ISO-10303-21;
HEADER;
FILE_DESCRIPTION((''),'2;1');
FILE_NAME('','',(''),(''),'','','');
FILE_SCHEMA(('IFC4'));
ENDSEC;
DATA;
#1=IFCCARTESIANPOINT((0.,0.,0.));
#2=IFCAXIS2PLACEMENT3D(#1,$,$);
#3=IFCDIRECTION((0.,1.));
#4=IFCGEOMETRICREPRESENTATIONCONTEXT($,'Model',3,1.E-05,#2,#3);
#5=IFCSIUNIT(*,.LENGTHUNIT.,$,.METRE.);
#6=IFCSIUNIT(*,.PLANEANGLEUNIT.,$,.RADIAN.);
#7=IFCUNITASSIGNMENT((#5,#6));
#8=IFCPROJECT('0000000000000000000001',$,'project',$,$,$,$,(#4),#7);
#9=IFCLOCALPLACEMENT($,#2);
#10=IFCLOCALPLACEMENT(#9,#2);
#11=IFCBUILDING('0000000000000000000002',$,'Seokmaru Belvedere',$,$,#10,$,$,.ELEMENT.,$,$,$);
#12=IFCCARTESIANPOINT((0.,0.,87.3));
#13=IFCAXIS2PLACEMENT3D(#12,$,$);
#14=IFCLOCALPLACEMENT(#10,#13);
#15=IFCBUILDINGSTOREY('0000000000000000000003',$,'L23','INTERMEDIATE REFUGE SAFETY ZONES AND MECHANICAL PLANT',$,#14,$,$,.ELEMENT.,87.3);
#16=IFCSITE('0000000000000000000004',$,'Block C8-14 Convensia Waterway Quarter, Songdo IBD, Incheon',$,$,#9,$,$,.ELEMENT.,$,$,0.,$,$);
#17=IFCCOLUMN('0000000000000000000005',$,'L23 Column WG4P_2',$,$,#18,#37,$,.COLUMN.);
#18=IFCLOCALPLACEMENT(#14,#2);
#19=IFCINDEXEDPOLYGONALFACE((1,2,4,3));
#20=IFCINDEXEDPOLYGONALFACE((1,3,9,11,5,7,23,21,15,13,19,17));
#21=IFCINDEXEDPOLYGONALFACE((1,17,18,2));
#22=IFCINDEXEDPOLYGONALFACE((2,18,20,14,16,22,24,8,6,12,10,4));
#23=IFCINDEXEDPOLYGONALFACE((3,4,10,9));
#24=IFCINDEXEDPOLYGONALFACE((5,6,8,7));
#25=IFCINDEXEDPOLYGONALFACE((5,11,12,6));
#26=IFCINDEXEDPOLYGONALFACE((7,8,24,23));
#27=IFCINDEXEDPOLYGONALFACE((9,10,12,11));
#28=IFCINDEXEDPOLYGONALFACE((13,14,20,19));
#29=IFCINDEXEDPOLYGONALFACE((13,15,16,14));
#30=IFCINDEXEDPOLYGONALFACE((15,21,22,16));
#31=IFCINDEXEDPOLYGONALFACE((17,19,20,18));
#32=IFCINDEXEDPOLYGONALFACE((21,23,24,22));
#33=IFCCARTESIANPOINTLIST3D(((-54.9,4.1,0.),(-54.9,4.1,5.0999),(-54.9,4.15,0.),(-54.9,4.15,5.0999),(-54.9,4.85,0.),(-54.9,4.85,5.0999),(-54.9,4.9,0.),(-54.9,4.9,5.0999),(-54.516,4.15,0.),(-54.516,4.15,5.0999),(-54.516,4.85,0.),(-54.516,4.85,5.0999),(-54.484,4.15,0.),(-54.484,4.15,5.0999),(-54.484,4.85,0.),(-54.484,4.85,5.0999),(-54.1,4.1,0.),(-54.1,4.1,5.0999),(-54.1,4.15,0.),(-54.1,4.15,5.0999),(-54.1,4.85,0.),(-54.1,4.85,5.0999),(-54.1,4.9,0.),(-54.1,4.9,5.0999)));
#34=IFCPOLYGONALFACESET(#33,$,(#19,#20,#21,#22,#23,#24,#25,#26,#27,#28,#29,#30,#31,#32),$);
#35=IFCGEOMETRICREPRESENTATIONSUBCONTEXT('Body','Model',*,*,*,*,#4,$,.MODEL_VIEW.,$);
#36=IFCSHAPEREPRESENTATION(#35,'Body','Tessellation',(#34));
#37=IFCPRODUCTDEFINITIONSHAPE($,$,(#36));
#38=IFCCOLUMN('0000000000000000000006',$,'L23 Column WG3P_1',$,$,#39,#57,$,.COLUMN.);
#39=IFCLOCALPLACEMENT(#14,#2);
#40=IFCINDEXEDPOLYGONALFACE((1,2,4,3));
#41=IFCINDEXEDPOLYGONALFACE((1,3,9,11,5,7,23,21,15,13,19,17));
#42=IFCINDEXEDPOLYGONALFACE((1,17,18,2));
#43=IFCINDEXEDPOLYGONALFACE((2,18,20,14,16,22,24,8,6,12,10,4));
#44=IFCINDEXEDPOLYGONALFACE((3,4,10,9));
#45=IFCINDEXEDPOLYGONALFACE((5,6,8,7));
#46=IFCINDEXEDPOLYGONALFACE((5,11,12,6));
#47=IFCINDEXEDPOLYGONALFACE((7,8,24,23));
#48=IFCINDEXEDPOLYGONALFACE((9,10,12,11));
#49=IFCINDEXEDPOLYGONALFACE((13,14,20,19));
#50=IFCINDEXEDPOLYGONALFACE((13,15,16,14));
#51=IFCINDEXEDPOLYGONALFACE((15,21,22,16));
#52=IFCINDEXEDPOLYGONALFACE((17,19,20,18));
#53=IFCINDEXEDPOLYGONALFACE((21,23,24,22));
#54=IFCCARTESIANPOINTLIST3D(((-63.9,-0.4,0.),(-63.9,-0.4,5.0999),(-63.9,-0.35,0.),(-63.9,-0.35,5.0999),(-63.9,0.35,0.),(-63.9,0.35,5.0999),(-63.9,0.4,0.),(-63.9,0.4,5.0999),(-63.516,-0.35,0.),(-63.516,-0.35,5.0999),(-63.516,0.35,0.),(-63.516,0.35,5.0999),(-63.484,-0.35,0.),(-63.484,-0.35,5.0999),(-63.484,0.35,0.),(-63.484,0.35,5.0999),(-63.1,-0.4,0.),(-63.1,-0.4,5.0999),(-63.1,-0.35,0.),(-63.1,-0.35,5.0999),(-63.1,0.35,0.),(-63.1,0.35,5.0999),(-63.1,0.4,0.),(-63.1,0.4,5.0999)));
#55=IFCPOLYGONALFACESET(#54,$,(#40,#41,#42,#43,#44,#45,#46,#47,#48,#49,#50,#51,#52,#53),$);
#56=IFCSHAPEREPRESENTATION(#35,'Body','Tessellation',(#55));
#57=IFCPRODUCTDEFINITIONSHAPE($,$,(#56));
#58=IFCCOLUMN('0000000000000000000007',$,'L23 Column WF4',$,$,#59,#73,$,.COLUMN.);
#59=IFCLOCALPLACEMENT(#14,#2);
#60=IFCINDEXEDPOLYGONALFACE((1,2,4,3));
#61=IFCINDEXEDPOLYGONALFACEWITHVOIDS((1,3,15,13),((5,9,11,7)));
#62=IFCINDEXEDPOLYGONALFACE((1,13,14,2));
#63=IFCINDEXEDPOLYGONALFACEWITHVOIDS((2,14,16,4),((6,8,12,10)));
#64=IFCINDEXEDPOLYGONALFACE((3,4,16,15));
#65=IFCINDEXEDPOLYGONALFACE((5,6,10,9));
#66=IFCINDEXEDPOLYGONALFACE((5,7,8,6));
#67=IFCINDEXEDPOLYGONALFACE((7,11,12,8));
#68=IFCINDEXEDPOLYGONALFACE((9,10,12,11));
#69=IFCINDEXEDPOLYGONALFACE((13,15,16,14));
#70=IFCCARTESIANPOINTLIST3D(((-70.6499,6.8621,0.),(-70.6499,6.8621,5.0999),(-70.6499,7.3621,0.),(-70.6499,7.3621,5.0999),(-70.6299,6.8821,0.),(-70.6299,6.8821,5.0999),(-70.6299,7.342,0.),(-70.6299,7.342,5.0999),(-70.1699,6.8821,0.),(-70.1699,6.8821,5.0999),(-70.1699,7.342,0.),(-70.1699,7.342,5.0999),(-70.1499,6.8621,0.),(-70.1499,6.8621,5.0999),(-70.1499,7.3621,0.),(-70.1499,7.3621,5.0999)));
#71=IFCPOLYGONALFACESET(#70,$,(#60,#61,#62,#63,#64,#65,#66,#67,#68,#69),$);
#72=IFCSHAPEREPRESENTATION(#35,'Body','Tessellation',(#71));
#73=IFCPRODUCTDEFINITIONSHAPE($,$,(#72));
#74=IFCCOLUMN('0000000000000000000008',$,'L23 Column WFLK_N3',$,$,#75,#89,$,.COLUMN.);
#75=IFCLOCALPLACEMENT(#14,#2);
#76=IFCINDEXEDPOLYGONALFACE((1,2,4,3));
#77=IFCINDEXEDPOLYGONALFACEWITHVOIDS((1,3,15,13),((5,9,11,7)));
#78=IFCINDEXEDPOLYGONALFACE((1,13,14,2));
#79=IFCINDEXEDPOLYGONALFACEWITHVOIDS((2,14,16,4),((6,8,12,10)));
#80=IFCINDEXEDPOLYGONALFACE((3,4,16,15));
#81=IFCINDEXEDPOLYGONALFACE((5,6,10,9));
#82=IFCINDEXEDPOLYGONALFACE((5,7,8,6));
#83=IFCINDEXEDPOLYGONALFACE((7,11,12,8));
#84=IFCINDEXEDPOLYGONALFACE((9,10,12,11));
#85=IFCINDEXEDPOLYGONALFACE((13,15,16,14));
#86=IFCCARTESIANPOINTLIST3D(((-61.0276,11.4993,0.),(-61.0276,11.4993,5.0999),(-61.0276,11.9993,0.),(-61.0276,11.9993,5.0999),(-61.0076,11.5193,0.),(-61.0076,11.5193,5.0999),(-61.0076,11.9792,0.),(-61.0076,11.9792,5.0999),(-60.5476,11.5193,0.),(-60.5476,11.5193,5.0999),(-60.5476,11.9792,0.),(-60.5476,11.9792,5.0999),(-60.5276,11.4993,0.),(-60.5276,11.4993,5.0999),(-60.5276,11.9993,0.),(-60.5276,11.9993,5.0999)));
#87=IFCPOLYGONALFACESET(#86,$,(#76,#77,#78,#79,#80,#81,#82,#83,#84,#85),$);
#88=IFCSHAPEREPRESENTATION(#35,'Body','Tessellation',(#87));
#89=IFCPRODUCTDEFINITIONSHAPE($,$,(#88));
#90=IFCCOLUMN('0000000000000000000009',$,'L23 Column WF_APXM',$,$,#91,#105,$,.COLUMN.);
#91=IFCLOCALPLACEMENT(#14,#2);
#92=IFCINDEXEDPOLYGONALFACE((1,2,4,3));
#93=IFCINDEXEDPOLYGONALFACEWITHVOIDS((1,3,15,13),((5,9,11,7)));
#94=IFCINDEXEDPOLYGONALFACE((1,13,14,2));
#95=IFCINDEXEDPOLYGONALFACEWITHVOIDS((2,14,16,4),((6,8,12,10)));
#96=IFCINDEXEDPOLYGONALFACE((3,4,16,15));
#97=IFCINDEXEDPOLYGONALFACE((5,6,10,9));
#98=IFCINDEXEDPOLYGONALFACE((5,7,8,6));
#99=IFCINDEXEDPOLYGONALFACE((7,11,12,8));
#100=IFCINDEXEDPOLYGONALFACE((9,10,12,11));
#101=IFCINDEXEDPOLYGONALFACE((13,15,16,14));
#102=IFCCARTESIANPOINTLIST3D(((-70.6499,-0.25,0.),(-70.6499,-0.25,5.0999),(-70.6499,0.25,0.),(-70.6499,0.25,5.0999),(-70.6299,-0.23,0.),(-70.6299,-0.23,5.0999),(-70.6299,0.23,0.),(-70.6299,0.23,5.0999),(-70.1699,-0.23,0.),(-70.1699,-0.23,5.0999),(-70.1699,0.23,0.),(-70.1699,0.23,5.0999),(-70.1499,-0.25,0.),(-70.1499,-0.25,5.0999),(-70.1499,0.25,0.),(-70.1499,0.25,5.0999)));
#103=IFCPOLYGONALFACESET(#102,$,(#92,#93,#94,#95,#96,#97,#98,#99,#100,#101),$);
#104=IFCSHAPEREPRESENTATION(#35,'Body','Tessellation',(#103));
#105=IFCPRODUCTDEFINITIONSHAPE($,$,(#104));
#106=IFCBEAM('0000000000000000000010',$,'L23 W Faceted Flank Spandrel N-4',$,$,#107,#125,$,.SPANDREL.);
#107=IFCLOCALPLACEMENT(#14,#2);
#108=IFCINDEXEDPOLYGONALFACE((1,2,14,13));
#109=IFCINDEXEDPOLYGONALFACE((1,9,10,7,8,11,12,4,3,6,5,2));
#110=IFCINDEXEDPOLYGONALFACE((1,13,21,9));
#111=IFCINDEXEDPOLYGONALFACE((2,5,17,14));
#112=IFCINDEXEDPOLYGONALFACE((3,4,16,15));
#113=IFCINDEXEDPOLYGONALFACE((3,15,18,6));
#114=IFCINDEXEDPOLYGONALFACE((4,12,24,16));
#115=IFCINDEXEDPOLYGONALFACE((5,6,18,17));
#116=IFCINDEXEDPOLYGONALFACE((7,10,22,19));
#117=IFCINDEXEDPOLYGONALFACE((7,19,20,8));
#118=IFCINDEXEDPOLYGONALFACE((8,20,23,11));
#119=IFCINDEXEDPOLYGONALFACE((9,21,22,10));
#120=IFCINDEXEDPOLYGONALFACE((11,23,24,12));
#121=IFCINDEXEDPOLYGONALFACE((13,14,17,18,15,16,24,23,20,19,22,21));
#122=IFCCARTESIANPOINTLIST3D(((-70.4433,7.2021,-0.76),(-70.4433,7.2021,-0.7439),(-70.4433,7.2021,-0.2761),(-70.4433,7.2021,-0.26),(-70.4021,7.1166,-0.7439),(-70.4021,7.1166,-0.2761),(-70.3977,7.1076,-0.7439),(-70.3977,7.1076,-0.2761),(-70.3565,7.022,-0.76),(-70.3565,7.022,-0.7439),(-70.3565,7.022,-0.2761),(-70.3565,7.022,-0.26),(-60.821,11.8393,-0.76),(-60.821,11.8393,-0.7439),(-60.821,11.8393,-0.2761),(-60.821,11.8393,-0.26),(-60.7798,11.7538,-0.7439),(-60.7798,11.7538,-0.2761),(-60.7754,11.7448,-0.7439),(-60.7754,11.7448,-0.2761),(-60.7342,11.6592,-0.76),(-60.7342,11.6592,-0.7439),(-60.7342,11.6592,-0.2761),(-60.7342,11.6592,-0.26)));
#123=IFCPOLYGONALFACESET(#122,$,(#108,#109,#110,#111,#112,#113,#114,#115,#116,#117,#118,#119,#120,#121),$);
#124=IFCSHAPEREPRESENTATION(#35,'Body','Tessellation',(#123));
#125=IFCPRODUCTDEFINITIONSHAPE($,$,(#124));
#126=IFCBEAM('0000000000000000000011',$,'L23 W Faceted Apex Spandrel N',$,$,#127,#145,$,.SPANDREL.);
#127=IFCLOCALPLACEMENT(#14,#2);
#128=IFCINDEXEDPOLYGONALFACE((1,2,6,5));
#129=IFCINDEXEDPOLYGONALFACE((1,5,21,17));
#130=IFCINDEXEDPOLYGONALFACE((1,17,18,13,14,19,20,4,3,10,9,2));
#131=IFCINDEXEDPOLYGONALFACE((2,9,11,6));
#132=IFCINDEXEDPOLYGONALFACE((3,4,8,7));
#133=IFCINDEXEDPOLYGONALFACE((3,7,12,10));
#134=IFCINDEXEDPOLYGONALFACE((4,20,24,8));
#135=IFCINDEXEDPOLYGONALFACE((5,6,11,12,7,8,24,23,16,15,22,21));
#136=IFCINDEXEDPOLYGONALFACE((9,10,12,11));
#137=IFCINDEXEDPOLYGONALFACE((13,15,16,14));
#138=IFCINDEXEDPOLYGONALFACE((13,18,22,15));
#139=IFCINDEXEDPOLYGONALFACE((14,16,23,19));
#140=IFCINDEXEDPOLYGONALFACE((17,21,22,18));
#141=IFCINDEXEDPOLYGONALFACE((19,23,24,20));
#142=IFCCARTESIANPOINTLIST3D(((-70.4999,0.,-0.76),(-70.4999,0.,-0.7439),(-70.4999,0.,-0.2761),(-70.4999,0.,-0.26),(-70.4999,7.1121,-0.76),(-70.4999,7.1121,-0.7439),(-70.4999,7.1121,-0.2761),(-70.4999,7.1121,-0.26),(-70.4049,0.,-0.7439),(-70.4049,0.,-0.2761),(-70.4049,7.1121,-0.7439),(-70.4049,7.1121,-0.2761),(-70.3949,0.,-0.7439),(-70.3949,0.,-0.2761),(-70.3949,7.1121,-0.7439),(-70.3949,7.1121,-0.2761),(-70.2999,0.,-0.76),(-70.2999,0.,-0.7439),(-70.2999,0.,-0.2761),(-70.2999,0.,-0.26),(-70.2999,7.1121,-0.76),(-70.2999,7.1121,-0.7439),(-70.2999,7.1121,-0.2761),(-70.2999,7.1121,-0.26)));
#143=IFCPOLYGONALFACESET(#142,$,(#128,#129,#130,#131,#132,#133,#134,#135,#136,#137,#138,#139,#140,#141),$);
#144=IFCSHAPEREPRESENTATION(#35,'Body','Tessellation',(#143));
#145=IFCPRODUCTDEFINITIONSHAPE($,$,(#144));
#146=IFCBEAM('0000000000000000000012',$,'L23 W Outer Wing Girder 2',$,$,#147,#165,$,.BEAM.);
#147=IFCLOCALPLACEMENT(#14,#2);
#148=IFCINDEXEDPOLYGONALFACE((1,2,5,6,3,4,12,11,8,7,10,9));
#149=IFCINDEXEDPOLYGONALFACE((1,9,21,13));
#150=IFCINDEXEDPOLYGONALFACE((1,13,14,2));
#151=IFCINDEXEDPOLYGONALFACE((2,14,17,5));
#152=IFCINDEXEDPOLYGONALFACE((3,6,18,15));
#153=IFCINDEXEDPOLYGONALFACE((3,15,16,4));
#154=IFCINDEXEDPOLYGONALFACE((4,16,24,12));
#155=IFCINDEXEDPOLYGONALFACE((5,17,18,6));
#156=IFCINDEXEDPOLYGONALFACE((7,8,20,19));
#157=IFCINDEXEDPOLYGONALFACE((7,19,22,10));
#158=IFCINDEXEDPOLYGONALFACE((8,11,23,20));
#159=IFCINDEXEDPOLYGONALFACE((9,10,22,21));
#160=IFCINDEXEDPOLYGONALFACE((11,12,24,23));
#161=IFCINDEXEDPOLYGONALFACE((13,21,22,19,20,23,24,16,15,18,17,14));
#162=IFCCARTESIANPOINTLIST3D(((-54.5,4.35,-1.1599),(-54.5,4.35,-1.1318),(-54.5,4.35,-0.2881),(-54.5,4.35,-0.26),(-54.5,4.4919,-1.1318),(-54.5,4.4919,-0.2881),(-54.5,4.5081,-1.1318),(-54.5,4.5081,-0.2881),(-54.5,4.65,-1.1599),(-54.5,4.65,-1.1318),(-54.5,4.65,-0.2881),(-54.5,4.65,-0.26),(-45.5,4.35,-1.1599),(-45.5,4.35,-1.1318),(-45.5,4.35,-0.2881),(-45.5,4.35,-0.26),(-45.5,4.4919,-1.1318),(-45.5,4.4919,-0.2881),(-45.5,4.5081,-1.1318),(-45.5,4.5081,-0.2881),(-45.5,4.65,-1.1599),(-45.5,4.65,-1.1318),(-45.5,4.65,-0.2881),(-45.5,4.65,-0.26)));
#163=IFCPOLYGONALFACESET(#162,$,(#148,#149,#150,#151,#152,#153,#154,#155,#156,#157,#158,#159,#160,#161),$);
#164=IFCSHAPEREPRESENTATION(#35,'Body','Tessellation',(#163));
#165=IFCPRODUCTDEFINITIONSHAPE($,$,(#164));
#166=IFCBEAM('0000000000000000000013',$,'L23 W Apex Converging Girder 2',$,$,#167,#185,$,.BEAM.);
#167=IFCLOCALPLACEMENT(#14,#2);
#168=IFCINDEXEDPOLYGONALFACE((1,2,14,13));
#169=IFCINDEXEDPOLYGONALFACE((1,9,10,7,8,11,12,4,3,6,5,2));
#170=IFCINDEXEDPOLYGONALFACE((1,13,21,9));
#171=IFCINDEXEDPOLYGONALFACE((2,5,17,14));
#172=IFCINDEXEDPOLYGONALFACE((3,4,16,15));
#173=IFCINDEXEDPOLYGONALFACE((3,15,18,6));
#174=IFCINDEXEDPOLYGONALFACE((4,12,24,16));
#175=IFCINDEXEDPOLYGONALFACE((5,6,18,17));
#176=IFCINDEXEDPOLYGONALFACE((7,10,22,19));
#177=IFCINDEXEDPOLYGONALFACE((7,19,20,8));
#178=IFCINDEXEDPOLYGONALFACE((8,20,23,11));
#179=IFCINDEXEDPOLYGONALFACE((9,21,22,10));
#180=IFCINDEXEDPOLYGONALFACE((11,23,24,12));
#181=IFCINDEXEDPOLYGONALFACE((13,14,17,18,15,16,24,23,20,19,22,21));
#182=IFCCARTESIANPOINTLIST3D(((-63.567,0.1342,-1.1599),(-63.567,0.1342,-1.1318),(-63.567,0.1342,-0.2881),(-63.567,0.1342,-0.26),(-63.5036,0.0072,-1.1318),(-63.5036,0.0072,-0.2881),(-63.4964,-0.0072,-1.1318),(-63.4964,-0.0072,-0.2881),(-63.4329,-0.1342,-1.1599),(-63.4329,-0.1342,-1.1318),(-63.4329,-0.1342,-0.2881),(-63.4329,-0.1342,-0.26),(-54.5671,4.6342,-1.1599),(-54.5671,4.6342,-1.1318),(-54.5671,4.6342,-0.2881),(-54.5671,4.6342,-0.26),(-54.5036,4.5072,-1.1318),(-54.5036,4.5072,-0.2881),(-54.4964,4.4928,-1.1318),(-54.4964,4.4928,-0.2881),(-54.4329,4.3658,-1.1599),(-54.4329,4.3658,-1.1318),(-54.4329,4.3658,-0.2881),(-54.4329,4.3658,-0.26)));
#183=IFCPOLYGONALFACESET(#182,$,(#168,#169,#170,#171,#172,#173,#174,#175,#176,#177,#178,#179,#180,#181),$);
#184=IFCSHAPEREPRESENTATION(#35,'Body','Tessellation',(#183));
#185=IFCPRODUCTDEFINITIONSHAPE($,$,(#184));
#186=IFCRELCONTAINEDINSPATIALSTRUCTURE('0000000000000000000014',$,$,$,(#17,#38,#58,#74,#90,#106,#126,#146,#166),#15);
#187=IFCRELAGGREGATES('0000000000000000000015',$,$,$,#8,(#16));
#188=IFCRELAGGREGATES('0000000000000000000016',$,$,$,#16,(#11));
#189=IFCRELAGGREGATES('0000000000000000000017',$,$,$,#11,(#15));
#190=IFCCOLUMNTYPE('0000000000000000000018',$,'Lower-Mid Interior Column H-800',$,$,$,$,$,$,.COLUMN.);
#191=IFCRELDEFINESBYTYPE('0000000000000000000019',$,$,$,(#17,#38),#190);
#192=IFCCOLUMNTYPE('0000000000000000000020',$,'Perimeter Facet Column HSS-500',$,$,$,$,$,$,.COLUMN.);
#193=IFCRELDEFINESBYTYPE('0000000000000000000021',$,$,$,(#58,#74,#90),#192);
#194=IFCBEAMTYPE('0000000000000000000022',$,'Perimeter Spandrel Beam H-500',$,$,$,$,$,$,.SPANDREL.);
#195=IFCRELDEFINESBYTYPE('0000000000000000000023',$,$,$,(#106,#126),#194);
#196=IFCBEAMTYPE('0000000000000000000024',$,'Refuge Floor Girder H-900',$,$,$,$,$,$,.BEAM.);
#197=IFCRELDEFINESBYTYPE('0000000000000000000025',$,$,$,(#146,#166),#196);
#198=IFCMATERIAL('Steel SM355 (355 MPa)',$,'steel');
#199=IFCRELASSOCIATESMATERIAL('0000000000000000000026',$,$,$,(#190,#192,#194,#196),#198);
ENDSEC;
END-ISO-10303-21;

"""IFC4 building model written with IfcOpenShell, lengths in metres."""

from ifc_helpers import new_model, si_unit, direction, frame, origin, origin_2d, place, context, subcontext, project, spatial, hollow_rectangle, i_section, extrude, source, transform, mapped, material, material_profile, profile_set, type_object, type_shapes, element, save


model = new_model("IFC4")

# Units and contexts
model_context = context("Model", 3, precision=1e-05, world=origin(), true_north=direction((0.0, 1.0)))
body_context = subcontext(model_context, "Body", "Model", "MODEL_VIEW")
ifc_project = project(units=[si_unit("LENGTHUNIT", "METRE"), si_unit("PLANEANGLEUNIT", "RADIAN")], contexts=[model_context])

# Site, building, storey
site_placement = place(None, origin())
site = spatial("IfcSite", under=ifc_project, at=site_placement, Name="Block C8-14 Convensia Waterway Quarter, Songdo IBD, Incheon", CompositionType="ELEMENT", RefElevation=0.0)
building_placement = place(site_placement, origin())
building = spatial("IfcBuilding", under=site, at=building_placement, Name="Seokmaru Belvedere", CompositionType="ELEMENT")
storey_placement = place(building_placement, frame((0.0, 0.0, 87.3)))
storey = spatial("IfcBuildingStorey", under=building, at=storey_placement, Name="L23", Description="INTERMEDIATE REFUGE SAFETY ZONES AND MECHANICAL PLANT", CompositionType="ELEMENT", Elevation=87.3)

# Columns
ifc_material_1 = material(Name="Steel SM355 (355 MPa)", Category="steel")
ifc_material_profile_1 = material_profile(ifc_material_1, i_section(OverallWidth=0.8, OverallDepth=0.8, WebThickness=0.032, FlangeThickness=0.05, at=origin_2d()), Name="H-800x800x32x50")
ifc_profile_set_1 = profile_set([ifc_material_profile_1], Name="Steel SM355 (355 MPa)")
column_type_1 = type_object("IfcColumnType", Name="Lower-Mid Interior Column H-800", PredefinedType="COLUMN", material=ifc_profile_set_1)
shared_shape_1 = source(origin(), body_context, "Body", "SweptSolid", [
    extrude(i_section(OverallWidth=0.8, OverallDepth=0.8, WebThickness=0.032, FlangeThickness=0.05, at=origin_2d()), origin(), (0.0, 0.0, 1.0), 5.0999),
])
type_shapes(column_type_1, [shared_shape_1])
for number, where, z_axis, x_axis, name in (
    (1, (-54.5, 4.5, 0.0), (0.0, 0.0, 1.0), (1.0, 0.0, 0.0), "L23 Column WG4P_2"),
    (2, (-63.5, 0.0, 0.0), (0.0, 0.0, 1.0), (1.0, 0.0, 0.0), "L23 Column WG3P_1"),
):
    element("IfcColumn", number, at=place(storey_placement, frame(where, z_axis=z_axis, x_axis=x_axis)), inside=storey, type_object=column_type_1, Name=name, PredefinedType="COLUMN", context=body_context, shape_type="MappedRepresentation", body=[
        mapped(shared_shape_1, transform((0.0, 0.0, 0.0), scale=1.0)),
    ])
ifc_material_profile_2 = material_profile(ifc_material_1, hollow_rectangle(XDim=0.5, YDim=0.5, WallThickness=0.02, at=origin_2d()), Name="HSS-500x500x20")
ifc_profile_set_2 = profile_set([ifc_material_profile_2], Name="Steel SM355 (355 MPa)")
column_type_2 = type_object("IfcColumnType", Name="Perimeter Facet Column HSS-500", PredefinedType="COLUMN", material=ifc_profile_set_2)
shared_shape_2 = source(origin(), body_context, "Body", "SweptSolid", [
    extrude(hollow_rectangle(XDim=0.5, YDim=0.5, WallThickness=0.02, at=origin_2d()), origin(), (0.0, 0.0, 1.0), 5.0999),
])
type_shapes(column_type_2, [shared_shape_2])
for number, where, z_axis, x_axis, name in (
    (3, (-70.3999, 7.1121, 0.0), (0.0, 0.0, 1.0), (1.0, 0.0, 0.0), "L23 Column WF4"),
    (4, (-60.7776, 11.7493, 0.0), (0.0, 0.0, 1.0), (1.0, 0.0, 0.0), "L23 Column WFLK_N3"),
    (5, (-70.3999, 0.0, 0.0), (0.0, 0.0, 1.0), (1.0, 0.0, 0.0), "L23 Column WF_APXM"),
):
    element("IfcColumn", number, at=place(storey_placement, frame(where, z_axis=z_axis, x_axis=x_axis)), inside=storey, type_object=column_type_2, Name=name, PredefinedType="COLUMN", context=body_context, shape_type="MappedRepresentation", body=[
        mapped(shared_shape_2, transform((0.0, 0.0, 0.0), scale=1.0)),
    ])

# Beams
ifc_material_profile_3 = material_profile(ifc_material_1, i_section(OverallWidth=0.2, OverallDepth=0.5, WebThickness=0.01, FlangeThickness=0.0161, at=origin_2d()), Name="H-500x200x10x16")
ifc_profile_set_3 = profile_set([ifc_material_profile_3], Name="Steel SM355 (355 MPa)")
beam_type_1 = type_object("IfcBeamType", Name="Perimeter Spandrel Beam H-500", PredefinedType="SPANDREL", material=ifc_profile_set_3)
shared_shape_3 = source(origin(), body_context, "Body", "SweptSolid", [
    extrude(i_section(OverallWidth=0.2, OverallDepth=0.5, WebThickness=0.01, FlangeThickness=0.0161, at=origin_2d()), origin(), (0.0, 0.0, 1.0), 10.6814),
])
beam_1_placement = place(storey_placement, frame((-60.7776, 11.7493, -0.51), z_axis=(-0.900846, -0.434138, 0.0), x_axis=(0.434138, -0.900846, 0.0)))
element("IfcBeam", 6, at=beam_1_placement, inside=storey, type_object=beam_type_1, Name="L23 W Faceted Flank Spandrel N-4", PredefinedType="SPANDREL", context=body_context, shape_type="MappedRepresentation", body=[
    mapped(shared_shape_3, transform((0.0, 0.0, 0.0), scale=1.0)),
])
shared_shape_4 = source(origin(), body_context, "Body", "SweptSolid", [
    extrude(i_section(OverallWidth=0.2, OverallDepth=0.5, WebThickness=0.01, FlangeThickness=0.0161, at=origin_2d()), origin(), (0.0, 0.0, 1.0), 7.1121),
])
type_shapes(beam_type_1, [shared_shape_3, shared_shape_4])
beam_2_placement = place(storey_placement, frame((-70.3999, 0.0, -0.51), z_axis=(0.0, 1.0, 0.0), x_axis=(-1.0, 0.0, 0.0)))
element("IfcBeam", 7, at=beam_2_placement, inside=storey, type_object=beam_type_1, Name="L23 W Faceted Apex Spandrel N", PredefinedType="SPANDREL", context=body_context, shape_type="MappedRepresentation", body=[
    mapped(shared_shape_4, transform((0.0, 0.0, 0.0), scale=1.0)),
])
ifc_material_profile_4 = material_profile(ifc_material_1, i_section(OverallWidth=0.3, OverallDepth=0.8999, WebThickness=0.0161, FlangeThickness=0.0281, at=origin_2d()), Name="H-900x300x16x28")
ifc_profile_set_4 = profile_set([ifc_material_profile_4], Name="Steel SM355 (355 MPa)")
beam_type_2 = type_object("IfcBeamType", Name="Refuge Floor Girder H-900", PredefinedType="BEAM", material=ifc_profile_set_4)
shared_shape_5 = source(origin(), body_context, "Body", "SweptSolid", [
    extrude(i_section(OverallWidth=0.3, OverallDepth=0.8999, WebThickness=0.0161, FlangeThickness=0.0281, at=origin_2d()), origin(), (0.0, 0.0, 1.0), 9.0),
])
beam_3_placement = place(storey_placement, frame((-54.5, 4.5, -0.71), z_axis=(1.0, 0.0, 0.0), x_axis=(0.0, 1.0, 0.0)))
element("IfcBeam", 8, at=beam_3_placement, inside=storey, type_object=beam_type_2, Name="L23 W Outer Wing Girder 2", PredefinedType="BEAM", context=body_context, shape_type="MappedRepresentation", body=[
    mapped(shared_shape_5, transform((0.0, 0.0, 0.0), scale=1.0)),
])
shared_shape_6 = source(origin(), body_context, "Body", "SweptSolid", [
    extrude(i_section(OverallWidth=0.3, OverallDepth=0.8999, WebThickness=0.0161, FlangeThickness=0.0281, at=origin_2d()), origin(), (0.0, 0.0, 1.0), 10.0623),
])
beam_4_placement = place(storey_placement, frame((-54.5, 4.5, -0.71), z_axis=(-0.894427, -0.447214, 0.0), x_axis=(0.447214, -0.894427, 0.0)))
element("IfcBeam", 9, at=beam_4_placement, inside=storey, type_object=beam_type_2, Name="L23 W Apex Converging Girder 2", PredefinedType="BEAM", context=body_context, shape_type="MappedRepresentation", body=[
    mapped(shared_shape_6, transform((0.0, 0.0, 0.0), scale=1.0)),
])

save(model, "model.ifc")
